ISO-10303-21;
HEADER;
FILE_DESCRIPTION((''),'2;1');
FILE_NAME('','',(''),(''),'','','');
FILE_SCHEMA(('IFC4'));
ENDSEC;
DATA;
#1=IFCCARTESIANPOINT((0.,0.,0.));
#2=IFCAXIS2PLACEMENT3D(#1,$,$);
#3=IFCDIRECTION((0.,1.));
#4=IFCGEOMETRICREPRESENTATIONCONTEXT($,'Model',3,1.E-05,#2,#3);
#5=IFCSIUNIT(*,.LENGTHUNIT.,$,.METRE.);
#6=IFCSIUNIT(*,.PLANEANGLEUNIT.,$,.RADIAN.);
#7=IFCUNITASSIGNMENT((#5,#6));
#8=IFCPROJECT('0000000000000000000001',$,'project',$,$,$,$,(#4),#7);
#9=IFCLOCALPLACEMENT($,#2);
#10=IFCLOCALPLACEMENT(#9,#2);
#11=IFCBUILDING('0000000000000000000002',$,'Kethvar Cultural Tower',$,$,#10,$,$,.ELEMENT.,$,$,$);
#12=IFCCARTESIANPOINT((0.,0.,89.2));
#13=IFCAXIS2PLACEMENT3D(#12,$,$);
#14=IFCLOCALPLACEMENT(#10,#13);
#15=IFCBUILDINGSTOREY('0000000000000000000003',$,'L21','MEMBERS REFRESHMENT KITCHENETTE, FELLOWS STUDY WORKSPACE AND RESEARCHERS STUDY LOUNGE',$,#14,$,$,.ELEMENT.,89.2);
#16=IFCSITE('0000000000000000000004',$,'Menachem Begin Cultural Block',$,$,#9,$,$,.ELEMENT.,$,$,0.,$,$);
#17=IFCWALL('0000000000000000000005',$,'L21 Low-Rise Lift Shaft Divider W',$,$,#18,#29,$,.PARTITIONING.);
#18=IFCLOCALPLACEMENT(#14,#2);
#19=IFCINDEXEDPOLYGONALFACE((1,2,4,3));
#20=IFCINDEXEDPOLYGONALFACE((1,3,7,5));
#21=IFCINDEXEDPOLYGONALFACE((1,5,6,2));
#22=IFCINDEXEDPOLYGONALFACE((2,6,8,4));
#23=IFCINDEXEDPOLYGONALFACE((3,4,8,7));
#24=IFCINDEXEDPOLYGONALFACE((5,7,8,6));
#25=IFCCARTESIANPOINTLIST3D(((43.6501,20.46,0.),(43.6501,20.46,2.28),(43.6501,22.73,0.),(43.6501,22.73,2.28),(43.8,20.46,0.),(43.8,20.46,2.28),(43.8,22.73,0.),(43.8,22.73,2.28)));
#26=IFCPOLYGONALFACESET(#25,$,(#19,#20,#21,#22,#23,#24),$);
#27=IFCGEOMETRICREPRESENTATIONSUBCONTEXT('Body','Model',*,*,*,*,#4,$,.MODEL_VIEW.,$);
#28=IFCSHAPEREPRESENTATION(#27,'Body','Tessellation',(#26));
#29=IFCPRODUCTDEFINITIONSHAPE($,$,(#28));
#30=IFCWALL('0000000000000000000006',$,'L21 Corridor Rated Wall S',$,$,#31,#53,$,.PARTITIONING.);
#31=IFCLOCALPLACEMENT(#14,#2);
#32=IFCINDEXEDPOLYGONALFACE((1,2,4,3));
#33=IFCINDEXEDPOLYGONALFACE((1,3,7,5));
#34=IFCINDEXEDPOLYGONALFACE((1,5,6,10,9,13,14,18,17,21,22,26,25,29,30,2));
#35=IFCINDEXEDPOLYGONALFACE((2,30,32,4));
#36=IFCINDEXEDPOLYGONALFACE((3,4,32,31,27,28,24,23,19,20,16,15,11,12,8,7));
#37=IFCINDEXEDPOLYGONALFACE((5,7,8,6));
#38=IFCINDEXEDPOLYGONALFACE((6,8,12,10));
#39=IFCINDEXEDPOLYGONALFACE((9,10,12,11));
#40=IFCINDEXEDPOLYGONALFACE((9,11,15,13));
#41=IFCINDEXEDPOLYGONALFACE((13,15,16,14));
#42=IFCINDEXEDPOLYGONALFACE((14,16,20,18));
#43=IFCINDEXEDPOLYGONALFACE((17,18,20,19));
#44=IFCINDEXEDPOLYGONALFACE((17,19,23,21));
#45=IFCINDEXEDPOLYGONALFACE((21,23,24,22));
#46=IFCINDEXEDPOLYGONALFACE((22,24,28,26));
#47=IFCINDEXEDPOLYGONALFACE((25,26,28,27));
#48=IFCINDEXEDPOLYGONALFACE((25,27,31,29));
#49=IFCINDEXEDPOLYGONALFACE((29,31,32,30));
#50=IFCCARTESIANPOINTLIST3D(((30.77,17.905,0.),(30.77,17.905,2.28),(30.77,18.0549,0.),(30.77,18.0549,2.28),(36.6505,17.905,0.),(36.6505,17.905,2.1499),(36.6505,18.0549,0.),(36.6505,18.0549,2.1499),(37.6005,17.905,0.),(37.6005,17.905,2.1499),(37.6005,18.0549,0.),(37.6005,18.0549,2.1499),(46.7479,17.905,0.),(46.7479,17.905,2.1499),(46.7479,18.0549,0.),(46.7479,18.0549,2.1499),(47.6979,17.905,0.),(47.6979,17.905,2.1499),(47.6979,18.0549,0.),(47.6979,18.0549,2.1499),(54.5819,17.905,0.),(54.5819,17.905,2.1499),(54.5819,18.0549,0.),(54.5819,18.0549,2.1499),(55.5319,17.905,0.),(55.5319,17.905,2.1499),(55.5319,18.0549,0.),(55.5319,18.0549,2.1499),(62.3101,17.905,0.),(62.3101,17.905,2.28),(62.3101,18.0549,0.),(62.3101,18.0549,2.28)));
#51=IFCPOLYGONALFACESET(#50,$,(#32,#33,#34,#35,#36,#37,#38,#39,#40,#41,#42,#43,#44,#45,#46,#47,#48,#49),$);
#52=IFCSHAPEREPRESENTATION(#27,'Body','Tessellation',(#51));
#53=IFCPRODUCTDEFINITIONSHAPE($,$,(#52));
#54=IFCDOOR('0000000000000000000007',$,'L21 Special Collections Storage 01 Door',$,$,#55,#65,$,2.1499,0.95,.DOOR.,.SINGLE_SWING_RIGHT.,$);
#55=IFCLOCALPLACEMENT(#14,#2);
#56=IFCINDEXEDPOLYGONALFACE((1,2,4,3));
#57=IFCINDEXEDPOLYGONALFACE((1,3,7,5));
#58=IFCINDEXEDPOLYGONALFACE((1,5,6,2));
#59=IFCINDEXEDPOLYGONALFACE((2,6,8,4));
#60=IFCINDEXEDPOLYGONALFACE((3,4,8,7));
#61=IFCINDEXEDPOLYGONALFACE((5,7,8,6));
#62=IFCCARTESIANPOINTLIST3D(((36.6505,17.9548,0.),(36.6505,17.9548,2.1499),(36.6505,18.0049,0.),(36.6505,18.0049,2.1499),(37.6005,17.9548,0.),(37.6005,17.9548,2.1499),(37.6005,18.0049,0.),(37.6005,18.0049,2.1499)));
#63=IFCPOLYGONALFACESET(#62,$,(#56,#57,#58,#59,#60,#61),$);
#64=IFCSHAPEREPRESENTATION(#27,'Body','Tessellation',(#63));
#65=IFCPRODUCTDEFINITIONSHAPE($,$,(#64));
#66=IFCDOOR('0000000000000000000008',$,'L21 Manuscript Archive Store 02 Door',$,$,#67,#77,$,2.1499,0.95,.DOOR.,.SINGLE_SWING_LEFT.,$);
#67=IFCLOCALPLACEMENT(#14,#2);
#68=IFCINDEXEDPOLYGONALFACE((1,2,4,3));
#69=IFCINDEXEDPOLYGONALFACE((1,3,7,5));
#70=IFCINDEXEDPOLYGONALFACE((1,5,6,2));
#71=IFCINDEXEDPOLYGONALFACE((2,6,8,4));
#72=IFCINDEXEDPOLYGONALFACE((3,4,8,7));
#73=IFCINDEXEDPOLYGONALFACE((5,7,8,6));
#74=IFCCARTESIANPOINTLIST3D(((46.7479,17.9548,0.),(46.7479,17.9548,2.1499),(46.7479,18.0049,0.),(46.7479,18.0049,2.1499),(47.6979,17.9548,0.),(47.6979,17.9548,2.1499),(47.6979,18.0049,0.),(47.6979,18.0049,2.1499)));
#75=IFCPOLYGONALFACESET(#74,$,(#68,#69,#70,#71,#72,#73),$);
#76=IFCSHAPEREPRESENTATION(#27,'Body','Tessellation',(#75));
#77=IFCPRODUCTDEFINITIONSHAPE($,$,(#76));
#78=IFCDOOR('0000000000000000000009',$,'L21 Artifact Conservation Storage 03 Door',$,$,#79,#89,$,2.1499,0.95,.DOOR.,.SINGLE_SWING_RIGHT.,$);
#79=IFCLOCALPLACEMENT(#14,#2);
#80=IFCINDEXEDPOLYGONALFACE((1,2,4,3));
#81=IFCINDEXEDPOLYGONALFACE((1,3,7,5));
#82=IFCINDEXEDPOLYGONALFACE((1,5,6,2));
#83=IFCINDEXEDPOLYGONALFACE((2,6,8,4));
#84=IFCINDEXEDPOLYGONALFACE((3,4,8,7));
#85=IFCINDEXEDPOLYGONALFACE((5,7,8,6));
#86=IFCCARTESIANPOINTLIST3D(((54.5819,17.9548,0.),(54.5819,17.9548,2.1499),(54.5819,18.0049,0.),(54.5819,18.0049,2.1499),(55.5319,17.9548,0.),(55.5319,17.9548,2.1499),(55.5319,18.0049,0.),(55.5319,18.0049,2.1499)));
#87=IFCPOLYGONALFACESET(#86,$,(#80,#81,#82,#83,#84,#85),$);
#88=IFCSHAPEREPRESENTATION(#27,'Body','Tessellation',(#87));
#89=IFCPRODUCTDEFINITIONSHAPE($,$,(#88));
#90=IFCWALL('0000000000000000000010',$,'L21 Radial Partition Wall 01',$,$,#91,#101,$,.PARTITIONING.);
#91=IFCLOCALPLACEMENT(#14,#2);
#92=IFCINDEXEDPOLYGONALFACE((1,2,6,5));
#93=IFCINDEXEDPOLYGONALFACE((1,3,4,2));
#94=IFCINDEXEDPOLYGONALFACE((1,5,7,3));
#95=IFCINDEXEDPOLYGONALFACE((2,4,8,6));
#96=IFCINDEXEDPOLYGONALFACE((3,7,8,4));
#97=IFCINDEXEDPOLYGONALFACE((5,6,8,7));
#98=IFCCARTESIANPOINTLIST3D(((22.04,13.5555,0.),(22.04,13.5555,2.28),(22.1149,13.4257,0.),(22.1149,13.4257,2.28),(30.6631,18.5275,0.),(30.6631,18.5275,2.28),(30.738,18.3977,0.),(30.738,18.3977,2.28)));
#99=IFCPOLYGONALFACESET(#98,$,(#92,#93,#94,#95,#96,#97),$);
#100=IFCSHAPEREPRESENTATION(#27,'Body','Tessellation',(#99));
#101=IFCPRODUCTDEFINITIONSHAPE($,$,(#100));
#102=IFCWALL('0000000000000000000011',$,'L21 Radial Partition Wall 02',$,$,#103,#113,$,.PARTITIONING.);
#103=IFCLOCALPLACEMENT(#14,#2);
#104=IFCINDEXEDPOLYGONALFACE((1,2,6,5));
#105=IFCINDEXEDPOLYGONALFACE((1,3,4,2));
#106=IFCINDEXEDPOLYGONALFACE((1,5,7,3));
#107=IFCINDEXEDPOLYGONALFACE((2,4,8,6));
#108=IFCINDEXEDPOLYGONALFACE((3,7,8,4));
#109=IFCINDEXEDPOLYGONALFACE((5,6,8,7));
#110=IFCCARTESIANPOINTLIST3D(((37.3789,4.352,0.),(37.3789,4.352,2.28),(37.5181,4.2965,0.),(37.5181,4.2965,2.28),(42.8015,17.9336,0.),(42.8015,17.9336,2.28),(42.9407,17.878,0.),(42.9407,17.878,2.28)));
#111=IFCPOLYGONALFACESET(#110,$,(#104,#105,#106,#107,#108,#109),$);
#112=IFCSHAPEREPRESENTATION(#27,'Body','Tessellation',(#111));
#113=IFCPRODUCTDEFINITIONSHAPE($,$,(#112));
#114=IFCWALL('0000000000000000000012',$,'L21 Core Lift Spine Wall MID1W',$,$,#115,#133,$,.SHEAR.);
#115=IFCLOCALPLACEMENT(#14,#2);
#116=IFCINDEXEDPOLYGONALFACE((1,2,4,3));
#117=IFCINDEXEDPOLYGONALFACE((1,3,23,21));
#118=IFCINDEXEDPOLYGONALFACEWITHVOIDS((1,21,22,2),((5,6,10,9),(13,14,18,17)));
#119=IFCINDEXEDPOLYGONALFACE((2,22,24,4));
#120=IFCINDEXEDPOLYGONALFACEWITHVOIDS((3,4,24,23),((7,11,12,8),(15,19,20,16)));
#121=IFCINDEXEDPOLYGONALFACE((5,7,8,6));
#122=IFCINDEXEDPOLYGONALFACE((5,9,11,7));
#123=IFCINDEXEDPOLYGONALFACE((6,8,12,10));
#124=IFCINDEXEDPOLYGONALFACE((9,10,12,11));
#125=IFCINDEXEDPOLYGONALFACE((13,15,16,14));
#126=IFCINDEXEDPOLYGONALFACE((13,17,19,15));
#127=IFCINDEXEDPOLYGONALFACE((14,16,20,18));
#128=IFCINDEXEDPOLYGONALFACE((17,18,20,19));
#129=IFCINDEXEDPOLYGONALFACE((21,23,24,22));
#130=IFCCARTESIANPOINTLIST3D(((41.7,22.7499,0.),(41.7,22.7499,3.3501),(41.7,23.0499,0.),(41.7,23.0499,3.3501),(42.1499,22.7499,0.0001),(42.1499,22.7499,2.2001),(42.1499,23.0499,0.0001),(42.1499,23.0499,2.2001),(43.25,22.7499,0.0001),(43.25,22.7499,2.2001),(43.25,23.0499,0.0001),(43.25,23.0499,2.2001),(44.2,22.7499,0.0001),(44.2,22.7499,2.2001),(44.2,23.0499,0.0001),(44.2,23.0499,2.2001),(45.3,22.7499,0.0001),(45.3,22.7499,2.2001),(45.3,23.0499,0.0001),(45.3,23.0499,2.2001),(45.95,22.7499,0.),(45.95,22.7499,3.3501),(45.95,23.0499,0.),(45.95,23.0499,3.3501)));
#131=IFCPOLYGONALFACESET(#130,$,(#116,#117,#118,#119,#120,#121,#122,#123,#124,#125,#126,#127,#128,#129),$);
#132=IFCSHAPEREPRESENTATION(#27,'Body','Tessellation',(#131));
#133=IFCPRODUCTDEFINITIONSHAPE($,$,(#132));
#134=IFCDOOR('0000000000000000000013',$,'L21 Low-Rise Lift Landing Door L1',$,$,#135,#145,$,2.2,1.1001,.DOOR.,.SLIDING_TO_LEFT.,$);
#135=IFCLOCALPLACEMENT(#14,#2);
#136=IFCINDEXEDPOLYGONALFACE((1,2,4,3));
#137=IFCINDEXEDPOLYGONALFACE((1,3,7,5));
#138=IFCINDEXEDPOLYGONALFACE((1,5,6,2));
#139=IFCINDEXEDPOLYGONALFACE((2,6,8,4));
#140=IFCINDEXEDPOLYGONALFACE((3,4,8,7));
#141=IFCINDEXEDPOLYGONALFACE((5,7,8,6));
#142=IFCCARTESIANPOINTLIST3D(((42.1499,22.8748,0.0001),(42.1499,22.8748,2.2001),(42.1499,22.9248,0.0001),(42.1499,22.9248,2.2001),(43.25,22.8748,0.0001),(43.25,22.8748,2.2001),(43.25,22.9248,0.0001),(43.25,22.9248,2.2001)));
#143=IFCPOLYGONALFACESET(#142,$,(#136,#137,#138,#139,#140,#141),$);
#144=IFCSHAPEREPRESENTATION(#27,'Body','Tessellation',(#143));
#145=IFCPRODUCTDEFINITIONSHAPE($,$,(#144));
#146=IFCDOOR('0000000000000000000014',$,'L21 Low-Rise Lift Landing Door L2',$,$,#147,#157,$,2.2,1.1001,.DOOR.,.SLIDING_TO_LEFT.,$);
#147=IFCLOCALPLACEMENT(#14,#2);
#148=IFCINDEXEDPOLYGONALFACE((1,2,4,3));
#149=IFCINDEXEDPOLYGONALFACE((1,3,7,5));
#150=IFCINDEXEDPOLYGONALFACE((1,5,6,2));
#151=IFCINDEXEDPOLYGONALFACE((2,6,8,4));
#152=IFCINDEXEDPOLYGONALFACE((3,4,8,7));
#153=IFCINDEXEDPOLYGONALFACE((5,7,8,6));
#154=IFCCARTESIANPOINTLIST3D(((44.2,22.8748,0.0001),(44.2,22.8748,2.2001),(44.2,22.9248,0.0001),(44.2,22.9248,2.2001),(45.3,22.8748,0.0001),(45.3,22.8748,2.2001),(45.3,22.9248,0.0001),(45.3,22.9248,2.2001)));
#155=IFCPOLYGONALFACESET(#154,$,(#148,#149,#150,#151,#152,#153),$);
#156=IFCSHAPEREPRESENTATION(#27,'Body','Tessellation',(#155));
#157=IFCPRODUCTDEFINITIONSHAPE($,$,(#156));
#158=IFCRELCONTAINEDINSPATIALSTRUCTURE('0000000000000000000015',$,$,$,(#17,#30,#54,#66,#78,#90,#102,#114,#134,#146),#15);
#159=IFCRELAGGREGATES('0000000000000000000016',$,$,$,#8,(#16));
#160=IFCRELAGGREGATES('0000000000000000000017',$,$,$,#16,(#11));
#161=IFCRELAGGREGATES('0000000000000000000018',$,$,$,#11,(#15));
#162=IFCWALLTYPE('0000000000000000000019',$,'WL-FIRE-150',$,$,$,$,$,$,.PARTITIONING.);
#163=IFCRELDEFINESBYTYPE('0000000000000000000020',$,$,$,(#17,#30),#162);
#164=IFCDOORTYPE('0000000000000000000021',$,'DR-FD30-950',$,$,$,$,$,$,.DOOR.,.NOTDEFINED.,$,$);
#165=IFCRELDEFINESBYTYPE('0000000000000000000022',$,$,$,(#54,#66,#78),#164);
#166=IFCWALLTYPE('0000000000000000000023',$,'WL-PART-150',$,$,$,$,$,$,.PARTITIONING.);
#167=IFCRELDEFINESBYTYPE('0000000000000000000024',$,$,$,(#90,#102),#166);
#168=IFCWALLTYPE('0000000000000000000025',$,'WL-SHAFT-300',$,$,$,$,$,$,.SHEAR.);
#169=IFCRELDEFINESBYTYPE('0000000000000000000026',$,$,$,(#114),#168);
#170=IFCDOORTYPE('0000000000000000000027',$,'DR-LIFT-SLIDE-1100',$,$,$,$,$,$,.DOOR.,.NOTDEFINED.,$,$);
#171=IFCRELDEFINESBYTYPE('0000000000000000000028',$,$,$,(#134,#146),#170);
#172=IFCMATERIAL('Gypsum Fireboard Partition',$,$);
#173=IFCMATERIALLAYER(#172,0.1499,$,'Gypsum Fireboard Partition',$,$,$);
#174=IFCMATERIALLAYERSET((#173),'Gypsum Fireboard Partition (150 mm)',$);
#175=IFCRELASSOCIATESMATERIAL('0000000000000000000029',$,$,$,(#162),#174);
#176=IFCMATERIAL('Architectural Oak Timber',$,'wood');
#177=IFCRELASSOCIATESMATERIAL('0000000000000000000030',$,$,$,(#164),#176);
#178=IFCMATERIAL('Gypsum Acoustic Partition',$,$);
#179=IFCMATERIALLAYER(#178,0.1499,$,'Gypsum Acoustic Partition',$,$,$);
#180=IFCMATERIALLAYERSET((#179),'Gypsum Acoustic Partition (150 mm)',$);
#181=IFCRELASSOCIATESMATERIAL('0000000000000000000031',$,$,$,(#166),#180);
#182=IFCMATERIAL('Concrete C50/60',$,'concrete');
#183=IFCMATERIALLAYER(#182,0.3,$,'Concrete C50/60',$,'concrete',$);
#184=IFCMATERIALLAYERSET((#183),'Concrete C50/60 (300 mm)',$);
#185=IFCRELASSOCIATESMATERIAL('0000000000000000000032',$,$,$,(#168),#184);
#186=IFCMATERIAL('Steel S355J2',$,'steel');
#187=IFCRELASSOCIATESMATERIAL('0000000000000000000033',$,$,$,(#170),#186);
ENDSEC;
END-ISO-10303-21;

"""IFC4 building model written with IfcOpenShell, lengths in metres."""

from ifc_helpers import new_model, si_unit, direction, frame, frame_2d, origin, place, context, subcontext, project, spatial, rectangle, extrude, source, transform, mapped, material, layer, layer_set, type_object, element, fill, save


model = new_model("IFC4")

# Units and contexts
model_context = context("Model", 3, precision=1e-05, world=origin(), true_north=direction((0.0, 1.0)))
body_context = subcontext(model_context, "Body", "Model", "MODEL_VIEW")
ifc_project = project(units=[si_unit("LENGTHUNIT", "METRE"), si_unit("PLANEANGLEUNIT", "RADIAN")], contexts=[model_context])

# Site, building, storey
site_placement = place(None, origin())
site = spatial("IfcSite", under=ifc_project, at=site_placement, Name="Menachem Begin Cultural Block", CompositionType="ELEMENT", RefElevation=0.0)
building_placement = place(site_placement, origin())
building = spatial("IfcBuilding", under=site, at=building_placement, Name="Kethvar Cultural Tower", CompositionType="ELEMENT")
storey_placement = place(building_placement, frame((0.0, 0.0, 89.2)))
storey = spatial("IfcBuildingStorey", under=building, at=storey_placement, Name="L21", Description="MEMBERS REFRESHMENT KITCHENETTE, FELLOWS STUDY WORKSPACE AND RESEARCHERS STUDY LOUNGE", CompositionType="ELEMENT", Elevation=89.2)

# Shared definitions
ifc_material_1 = material(Name="Steel S355J2", Category="steel")

# Wall
ifc_material_2 = material(Name="Gypsum Fireboard Partition")
ifc_layer_1 = layer(ifc_material_2, 0.1499, Name="Gypsum Fireboard Partition")
ifc_layer_set_1 = layer_set([ifc_layer_1], Name="Gypsum Fireboard Partition (150 mm)")
wall_type_1 = type_object("IfcWallType", Name="WL-FIRE-150", PredefinedType="PARTITIONING", material=ifc_layer_set_1)
wall_1_placement = place(storey_placement, frame((43.7251, 20.46, 0.0), z_axis=(0.0, 0.0, 1.0), x_axis=(0.0, 1.0, 0.0)))
element("IfcWall", 1, at=wall_1_placement, inside=storey, type_object=wall_type_1, Name="L21 Low-Rise Lift Shaft Divider W", PredefinedType="PARTITIONING", context=body_context, shape_type="SweptSolid", body=[
    extrude(rectangle(XDim=2.27, YDim=0.1499, at=frame_2d((1.135, 0.0))), origin(), (0.0, 0.0, 1.0), 2.28),
])

# Wall, openings, doors
wall_2_placement = place(storey_placement, frame((30.77, 17.98, 0.0), z_axis=(0.0, 0.0, 1.0), x_axis=(1.0, 0.0, 0.0)))
wall_2 = element("IfcWall", 2, at=wall_2_placement, inside=storey, type_object=wall_type_1, Name="L21 Corridor Rated Wall S", PredefinedType="PARTITIONING", context=body_context, shape_type="SweptSolid", body=[
    extrude(rectangle(XDim=31.54, YDim=0.1499, at=frame_2d((15.77, 0.0))), origin(), (0.0, 0.0, 1.0), 2.28),
])
opening_1_placement = place(wall_2_placement, frame((5.8804, 0.0, 0.0)))
opening_1 = element("IfcOpeningElement", 3, at=opening_1_placement, cuts=wall_2, PredefinedType="OPENING", context=body_context, shape_type="SweptSolid", body=[
    extrude(rectangle(XDim=0.95, YDim=2.1499, at=frame_2d((0.4751, 1.075))), frame((0.0, 0.085, 0.0), z_axis=(0.0, -1.0, 0.0), x_axis=(1.0, 0.0, 0.0)), (0.0, 0.0, 1.0), 0.1699),
])
opening_2_placement = place(wall_2_placement, frame((15.9778, 0.0, 0.0)))
opening_2 = element("IfcOpeningElement", 4, at=opening_2_placement, cuts=wall_2, PredefinedType="OPENING", context=body_context, shape_type="SweptSolid", body=[
    extrude(rectangle(XDim=0.95, YDim=2.1499, at=frame_2d((0.4751, 1.075))), frame((0.0, 0.085, 0.0), z_axis=(0.0, -1.0, 0.0), x_axis=(1.0, 0.0, 0.0)), (0.0, 0.0, 1.0), 0.1699),
])
opening_3_placement = place(wall_2_placement, frame((23.8118, 0.0, 0.0)))
opening_3 = element("IfcOpeningElement", 5, at=opening_3_placement, cuts=wall_2, PredefinedType="OPENING", context=body_context, shape_type="SweptSolid", body=[
    extrude(rectangle(XDim=0.95, YDim=2.1499, at=frame_2d((0.4751, 1.075))), frame((0.0, 0.085, 0.0), z_axis=(0.0, -1.0, 0.0), x_axis=(1.0, 0.0, 0.0)), (0.0, 0.0, 1.0), 0.1699),
])
ifc_material_3 = material(Name="Architectural Oak Timber", Category="wood")
door_type_1 = type_object("IfcDoorType", Name="DR-FD30-950", OperationType="NOTDEFINED", PredefinedType="DOOR", material=ifc_material_3)
shared_shape_1 = source(origin(), body_context, "Body", "SweptSolid", [
    extrude(rectangle(XDim=0.95, YDim=2.1499, at=frame_2d((0.4751, 1.075))), frame((0.0, 0.0249, 0.0), z_axis=(0.0, -1.0, 0.0), x_axis=(1.0, 0.0, 0.0)), (0.0, 0.0, 1.0), 0.05),
])
door_1_placement = place(opening_1_placement, origin())
door_1 = element("IfcDoor", 6, at=door_1_placement, inside=storey, type_object=door_type_1, Name="L21 Special Collections Storage 01 Door", OperationType="SINGLE_SWING_RIGHT", OverallHeight=2.1499, OverallWidth=0.95, PredefinedType="DOOR", context=body_context, shape_type="MappedRepresentation", body=[
    mapped(shared_shape_1, transform((0.0, 0.0, 0.0), scale=1.0)),
])
fill(opening_1, door_1)
door_2_placement = place(opening_2_placement, origin())
door_2 = element("IfcDoor", 7, at=door_2_placement, inside=storey, type_object=door_type_1, Name="L21 Manuscript Archive Store 02 Door", OperationType="SINGLE_SWING_LEFT", OverallHeight=2.1499, OverallWidth=0.95, PredefinedType="DOOR", context=body_context, shape_type="MappedRepresentation", body=[
    mapped(shared_shape_1, transform((0.0, 0.0, 0.0), scale=1.0)),
])
fill(opening_2, door_2)
door_3_placement = place(opening_3_placement, origin())
door_3 = element("IfcDoor", 8, at=door_3_placement, inside=storey, type_object=door_type_1, Name="L21 Artifact Conservation Storage 03 Door", OperationType="SINGLE_SWING_RIGHT", OverallHeight=2.1499, OverallWidth=0.95, PredefinedType="DOOR", context=body_context, shape_type="MappedRepresentation", body=[
    mapped(shared_shape_1, transform((0.0, 0.0, 0.0), scale=1.0)),
])
fill(opening_3, door_3)

# Walls
ifc_material_4 = material(Name="Gypsum Acoustic Partition")
ifc_layer_2 = layer(ifc_material_4, 0.1499, Name="Gypsum Acoustic Partition")
ifc_layer_set_2 = layer_set([ifc_layer_2], Name="Gypsum Acoustic Partition (150 mm)")
wall_type_2 = type_object("IfcWallType", Name="WL-PART-150", PredefinedType="PARTITIONING", material=ifc_layer_set_2)
wall_3_placement = place(storey_placement, frame((30.7007, 18.4626, 0.0), z_axis=(0.0, 0.0, 1.0), x_axis=(-0.866312, -0.499503, 0.0)))
element("IfcWall", 9, at=wall_3_placement, inside=storey, type_object=wall_type_2, Name="L21 Radial Partition Wall 01", PredefinedType="PARTITIONING", context=body_context, shape_type="SweptSolid", body=[
    extrude(rectangle(XDim=9.9539, YDim=0.1499, at=frame_2d((4.9771, 0.0))), origin(), (0.0, 0.0, 1.0), 2.28),
])
wall_4_placement = place(storey_placement, frame((42.8711, 17.9058, 0.0), z_axis=(0.0, 0.0, 1.0), x_axis=(-0.370801, -0.928713, 0.0)))
element("IfcWall", 10, at=wall_4_placement, inside=storey, type_object=wall_type_2, Name="L21 Radial Partition Wall 02", PredefinedType="PARTITIONING", context=body_context, shape_type="SweptSolid", body=[
    extrude(rectangle(XDim=14.624, YDim=0.1499, at=frame_2d((7.312, 0.0))), origin(), (0.0, 0.0, 1.0), 2.28),
])

# Wall, openings, doors
ifc_material_5 = material(Name="Concrete C50/60", Category="concrete")
ifc_layer_3 = layer(ifc_material_5, 0.3, Name="Concrete C50/60", Category="concrete")
ifc_layer_set_3 = layer_set([ifc_layer_3], Name="Concrete C50/60 (300 mm)")
wall_type_3 = type_object("IfcWallType", Name="WL-SHAFT-300", PredefinedType="SHEAR", material=ifc_layer_set_3)
wall_5_placement = place(storey_placement, frame((41.7, 22.8999, 0.0), z_axis=(0.0, 0.0, 1.0), x_axis=(1.0, 0.0, 0.0)))
wall_5 = element("IfcWall", 11, at=wall_5_placement, inside=storey, type_object=wall_type_3, Name="L21 Core Lift Spine Wall MID1W", PredefinedType="SHEAR", context=body_context, shape_type="SweptSolid", body=[
    extrude(rectangle(XDim=4.25, YDim=0.3, at=frame_2d((2.125, 0.0))), origin(), (0.0, 0.0, 1.0), 3.3501),
])
opening_4_placement = place(wall_5_placement, frame((0.45, 0.0, 0.0)))
opening_4 = element("IfcOpeningElement", 12, at=opening_4_placement, cuts=wall_5, PredefinedType="OPENING", context=body_context, shape_type="SweptSolid", body=[
    extrude(rectangle(XDim=1.1001, YDim=2.2, at=frame_2d((0.55, 1.1001))), frame((0.0, 0.1599, 0.0), z_axis=(0.0, -1.0, 0.0), x_axis=(1.0, 0.0, 0.0)), (0.0, 0.0, 1.0), 0.3201),
])
opening_5_placement = place(wall_5_placement, frame((2.5, 0.0, 0.0)))
opening_5 = element("IfcOpeningElement", 13, at=opening_5_placement, cuts=wall_5, PredefinedType="OPENING", context=body_context, shape_type="SweptSolid", body=[
    extrude(rectangle(XDim=1.1001, YDim=2.2, at=frame_2d((0.55, 1.1001))), frame((0.0, 0.1599, 0.0), z_axis=(0.0, -1.0, 0.0), x_axis=(1.0, 0.0, 0.0)), (0.0, 0.0, 1.0), 0.3201),
])
door_type_2 = type_object("IfcDoorType", Name="DR-LIFT-SLIDE-1100", OperationType="NOTDEFINED", PredefinedType="DOOR", material=ifc_material_1)
shared_shape_2 = source(origin(), body_context, "Body", "SweptSolid", [
    extrude(rectangle(XDim=1.1001, YDim=2.2, at=frame_2d((0.55, 1.1001))), frame((0.0, 0.0249, 0.0), z_axis=(0.0, -1.0, 0.0), x_axis=(1.0, 0.0, 0.0)), (0.0, 0.0, 1.0), 0.05),
])
door_4_placement = place(opening_4_placement, origin())
door_4 = element("IfcDoor", 14, at=door_4_placement, inside=storey, type_object=door_type_2, Name="L21 Low-Rise Lift Landing Door L1", OperationType="SLIDING_TO_LEFT", OverallHeight=2.2, OverallWidth=1.1001, PredefinedType="DOOR", context=body_context, shape_type="MappedRepresentation", body=[
    mapped(shared_shape_2, transform((0.0, 0.0, 0.0), scale=1.0)),
])
fill(opening_4, door_4)
door_5_placement = place(opening_5_placement, origin())
door_5 = element("IfcDoor", 15, at=door_5_placement, inside=storey, type_object=door_type_2, Name="L21 Low-Rise Lift Landing Door L2", OperationType="SLIDING_TO_LEFT", OverallHeight=2.2, OverallWidth=1.1001, PredefinedType="DOOR", context=body_context, shape_type="MappedRepresentation", body=[
    mapped(shared_shape_2, transform((0.0, 0.0, 0.0), scale=1.0)),
])
fill(opening_5, door_5)

save(model, "model.ifc")
